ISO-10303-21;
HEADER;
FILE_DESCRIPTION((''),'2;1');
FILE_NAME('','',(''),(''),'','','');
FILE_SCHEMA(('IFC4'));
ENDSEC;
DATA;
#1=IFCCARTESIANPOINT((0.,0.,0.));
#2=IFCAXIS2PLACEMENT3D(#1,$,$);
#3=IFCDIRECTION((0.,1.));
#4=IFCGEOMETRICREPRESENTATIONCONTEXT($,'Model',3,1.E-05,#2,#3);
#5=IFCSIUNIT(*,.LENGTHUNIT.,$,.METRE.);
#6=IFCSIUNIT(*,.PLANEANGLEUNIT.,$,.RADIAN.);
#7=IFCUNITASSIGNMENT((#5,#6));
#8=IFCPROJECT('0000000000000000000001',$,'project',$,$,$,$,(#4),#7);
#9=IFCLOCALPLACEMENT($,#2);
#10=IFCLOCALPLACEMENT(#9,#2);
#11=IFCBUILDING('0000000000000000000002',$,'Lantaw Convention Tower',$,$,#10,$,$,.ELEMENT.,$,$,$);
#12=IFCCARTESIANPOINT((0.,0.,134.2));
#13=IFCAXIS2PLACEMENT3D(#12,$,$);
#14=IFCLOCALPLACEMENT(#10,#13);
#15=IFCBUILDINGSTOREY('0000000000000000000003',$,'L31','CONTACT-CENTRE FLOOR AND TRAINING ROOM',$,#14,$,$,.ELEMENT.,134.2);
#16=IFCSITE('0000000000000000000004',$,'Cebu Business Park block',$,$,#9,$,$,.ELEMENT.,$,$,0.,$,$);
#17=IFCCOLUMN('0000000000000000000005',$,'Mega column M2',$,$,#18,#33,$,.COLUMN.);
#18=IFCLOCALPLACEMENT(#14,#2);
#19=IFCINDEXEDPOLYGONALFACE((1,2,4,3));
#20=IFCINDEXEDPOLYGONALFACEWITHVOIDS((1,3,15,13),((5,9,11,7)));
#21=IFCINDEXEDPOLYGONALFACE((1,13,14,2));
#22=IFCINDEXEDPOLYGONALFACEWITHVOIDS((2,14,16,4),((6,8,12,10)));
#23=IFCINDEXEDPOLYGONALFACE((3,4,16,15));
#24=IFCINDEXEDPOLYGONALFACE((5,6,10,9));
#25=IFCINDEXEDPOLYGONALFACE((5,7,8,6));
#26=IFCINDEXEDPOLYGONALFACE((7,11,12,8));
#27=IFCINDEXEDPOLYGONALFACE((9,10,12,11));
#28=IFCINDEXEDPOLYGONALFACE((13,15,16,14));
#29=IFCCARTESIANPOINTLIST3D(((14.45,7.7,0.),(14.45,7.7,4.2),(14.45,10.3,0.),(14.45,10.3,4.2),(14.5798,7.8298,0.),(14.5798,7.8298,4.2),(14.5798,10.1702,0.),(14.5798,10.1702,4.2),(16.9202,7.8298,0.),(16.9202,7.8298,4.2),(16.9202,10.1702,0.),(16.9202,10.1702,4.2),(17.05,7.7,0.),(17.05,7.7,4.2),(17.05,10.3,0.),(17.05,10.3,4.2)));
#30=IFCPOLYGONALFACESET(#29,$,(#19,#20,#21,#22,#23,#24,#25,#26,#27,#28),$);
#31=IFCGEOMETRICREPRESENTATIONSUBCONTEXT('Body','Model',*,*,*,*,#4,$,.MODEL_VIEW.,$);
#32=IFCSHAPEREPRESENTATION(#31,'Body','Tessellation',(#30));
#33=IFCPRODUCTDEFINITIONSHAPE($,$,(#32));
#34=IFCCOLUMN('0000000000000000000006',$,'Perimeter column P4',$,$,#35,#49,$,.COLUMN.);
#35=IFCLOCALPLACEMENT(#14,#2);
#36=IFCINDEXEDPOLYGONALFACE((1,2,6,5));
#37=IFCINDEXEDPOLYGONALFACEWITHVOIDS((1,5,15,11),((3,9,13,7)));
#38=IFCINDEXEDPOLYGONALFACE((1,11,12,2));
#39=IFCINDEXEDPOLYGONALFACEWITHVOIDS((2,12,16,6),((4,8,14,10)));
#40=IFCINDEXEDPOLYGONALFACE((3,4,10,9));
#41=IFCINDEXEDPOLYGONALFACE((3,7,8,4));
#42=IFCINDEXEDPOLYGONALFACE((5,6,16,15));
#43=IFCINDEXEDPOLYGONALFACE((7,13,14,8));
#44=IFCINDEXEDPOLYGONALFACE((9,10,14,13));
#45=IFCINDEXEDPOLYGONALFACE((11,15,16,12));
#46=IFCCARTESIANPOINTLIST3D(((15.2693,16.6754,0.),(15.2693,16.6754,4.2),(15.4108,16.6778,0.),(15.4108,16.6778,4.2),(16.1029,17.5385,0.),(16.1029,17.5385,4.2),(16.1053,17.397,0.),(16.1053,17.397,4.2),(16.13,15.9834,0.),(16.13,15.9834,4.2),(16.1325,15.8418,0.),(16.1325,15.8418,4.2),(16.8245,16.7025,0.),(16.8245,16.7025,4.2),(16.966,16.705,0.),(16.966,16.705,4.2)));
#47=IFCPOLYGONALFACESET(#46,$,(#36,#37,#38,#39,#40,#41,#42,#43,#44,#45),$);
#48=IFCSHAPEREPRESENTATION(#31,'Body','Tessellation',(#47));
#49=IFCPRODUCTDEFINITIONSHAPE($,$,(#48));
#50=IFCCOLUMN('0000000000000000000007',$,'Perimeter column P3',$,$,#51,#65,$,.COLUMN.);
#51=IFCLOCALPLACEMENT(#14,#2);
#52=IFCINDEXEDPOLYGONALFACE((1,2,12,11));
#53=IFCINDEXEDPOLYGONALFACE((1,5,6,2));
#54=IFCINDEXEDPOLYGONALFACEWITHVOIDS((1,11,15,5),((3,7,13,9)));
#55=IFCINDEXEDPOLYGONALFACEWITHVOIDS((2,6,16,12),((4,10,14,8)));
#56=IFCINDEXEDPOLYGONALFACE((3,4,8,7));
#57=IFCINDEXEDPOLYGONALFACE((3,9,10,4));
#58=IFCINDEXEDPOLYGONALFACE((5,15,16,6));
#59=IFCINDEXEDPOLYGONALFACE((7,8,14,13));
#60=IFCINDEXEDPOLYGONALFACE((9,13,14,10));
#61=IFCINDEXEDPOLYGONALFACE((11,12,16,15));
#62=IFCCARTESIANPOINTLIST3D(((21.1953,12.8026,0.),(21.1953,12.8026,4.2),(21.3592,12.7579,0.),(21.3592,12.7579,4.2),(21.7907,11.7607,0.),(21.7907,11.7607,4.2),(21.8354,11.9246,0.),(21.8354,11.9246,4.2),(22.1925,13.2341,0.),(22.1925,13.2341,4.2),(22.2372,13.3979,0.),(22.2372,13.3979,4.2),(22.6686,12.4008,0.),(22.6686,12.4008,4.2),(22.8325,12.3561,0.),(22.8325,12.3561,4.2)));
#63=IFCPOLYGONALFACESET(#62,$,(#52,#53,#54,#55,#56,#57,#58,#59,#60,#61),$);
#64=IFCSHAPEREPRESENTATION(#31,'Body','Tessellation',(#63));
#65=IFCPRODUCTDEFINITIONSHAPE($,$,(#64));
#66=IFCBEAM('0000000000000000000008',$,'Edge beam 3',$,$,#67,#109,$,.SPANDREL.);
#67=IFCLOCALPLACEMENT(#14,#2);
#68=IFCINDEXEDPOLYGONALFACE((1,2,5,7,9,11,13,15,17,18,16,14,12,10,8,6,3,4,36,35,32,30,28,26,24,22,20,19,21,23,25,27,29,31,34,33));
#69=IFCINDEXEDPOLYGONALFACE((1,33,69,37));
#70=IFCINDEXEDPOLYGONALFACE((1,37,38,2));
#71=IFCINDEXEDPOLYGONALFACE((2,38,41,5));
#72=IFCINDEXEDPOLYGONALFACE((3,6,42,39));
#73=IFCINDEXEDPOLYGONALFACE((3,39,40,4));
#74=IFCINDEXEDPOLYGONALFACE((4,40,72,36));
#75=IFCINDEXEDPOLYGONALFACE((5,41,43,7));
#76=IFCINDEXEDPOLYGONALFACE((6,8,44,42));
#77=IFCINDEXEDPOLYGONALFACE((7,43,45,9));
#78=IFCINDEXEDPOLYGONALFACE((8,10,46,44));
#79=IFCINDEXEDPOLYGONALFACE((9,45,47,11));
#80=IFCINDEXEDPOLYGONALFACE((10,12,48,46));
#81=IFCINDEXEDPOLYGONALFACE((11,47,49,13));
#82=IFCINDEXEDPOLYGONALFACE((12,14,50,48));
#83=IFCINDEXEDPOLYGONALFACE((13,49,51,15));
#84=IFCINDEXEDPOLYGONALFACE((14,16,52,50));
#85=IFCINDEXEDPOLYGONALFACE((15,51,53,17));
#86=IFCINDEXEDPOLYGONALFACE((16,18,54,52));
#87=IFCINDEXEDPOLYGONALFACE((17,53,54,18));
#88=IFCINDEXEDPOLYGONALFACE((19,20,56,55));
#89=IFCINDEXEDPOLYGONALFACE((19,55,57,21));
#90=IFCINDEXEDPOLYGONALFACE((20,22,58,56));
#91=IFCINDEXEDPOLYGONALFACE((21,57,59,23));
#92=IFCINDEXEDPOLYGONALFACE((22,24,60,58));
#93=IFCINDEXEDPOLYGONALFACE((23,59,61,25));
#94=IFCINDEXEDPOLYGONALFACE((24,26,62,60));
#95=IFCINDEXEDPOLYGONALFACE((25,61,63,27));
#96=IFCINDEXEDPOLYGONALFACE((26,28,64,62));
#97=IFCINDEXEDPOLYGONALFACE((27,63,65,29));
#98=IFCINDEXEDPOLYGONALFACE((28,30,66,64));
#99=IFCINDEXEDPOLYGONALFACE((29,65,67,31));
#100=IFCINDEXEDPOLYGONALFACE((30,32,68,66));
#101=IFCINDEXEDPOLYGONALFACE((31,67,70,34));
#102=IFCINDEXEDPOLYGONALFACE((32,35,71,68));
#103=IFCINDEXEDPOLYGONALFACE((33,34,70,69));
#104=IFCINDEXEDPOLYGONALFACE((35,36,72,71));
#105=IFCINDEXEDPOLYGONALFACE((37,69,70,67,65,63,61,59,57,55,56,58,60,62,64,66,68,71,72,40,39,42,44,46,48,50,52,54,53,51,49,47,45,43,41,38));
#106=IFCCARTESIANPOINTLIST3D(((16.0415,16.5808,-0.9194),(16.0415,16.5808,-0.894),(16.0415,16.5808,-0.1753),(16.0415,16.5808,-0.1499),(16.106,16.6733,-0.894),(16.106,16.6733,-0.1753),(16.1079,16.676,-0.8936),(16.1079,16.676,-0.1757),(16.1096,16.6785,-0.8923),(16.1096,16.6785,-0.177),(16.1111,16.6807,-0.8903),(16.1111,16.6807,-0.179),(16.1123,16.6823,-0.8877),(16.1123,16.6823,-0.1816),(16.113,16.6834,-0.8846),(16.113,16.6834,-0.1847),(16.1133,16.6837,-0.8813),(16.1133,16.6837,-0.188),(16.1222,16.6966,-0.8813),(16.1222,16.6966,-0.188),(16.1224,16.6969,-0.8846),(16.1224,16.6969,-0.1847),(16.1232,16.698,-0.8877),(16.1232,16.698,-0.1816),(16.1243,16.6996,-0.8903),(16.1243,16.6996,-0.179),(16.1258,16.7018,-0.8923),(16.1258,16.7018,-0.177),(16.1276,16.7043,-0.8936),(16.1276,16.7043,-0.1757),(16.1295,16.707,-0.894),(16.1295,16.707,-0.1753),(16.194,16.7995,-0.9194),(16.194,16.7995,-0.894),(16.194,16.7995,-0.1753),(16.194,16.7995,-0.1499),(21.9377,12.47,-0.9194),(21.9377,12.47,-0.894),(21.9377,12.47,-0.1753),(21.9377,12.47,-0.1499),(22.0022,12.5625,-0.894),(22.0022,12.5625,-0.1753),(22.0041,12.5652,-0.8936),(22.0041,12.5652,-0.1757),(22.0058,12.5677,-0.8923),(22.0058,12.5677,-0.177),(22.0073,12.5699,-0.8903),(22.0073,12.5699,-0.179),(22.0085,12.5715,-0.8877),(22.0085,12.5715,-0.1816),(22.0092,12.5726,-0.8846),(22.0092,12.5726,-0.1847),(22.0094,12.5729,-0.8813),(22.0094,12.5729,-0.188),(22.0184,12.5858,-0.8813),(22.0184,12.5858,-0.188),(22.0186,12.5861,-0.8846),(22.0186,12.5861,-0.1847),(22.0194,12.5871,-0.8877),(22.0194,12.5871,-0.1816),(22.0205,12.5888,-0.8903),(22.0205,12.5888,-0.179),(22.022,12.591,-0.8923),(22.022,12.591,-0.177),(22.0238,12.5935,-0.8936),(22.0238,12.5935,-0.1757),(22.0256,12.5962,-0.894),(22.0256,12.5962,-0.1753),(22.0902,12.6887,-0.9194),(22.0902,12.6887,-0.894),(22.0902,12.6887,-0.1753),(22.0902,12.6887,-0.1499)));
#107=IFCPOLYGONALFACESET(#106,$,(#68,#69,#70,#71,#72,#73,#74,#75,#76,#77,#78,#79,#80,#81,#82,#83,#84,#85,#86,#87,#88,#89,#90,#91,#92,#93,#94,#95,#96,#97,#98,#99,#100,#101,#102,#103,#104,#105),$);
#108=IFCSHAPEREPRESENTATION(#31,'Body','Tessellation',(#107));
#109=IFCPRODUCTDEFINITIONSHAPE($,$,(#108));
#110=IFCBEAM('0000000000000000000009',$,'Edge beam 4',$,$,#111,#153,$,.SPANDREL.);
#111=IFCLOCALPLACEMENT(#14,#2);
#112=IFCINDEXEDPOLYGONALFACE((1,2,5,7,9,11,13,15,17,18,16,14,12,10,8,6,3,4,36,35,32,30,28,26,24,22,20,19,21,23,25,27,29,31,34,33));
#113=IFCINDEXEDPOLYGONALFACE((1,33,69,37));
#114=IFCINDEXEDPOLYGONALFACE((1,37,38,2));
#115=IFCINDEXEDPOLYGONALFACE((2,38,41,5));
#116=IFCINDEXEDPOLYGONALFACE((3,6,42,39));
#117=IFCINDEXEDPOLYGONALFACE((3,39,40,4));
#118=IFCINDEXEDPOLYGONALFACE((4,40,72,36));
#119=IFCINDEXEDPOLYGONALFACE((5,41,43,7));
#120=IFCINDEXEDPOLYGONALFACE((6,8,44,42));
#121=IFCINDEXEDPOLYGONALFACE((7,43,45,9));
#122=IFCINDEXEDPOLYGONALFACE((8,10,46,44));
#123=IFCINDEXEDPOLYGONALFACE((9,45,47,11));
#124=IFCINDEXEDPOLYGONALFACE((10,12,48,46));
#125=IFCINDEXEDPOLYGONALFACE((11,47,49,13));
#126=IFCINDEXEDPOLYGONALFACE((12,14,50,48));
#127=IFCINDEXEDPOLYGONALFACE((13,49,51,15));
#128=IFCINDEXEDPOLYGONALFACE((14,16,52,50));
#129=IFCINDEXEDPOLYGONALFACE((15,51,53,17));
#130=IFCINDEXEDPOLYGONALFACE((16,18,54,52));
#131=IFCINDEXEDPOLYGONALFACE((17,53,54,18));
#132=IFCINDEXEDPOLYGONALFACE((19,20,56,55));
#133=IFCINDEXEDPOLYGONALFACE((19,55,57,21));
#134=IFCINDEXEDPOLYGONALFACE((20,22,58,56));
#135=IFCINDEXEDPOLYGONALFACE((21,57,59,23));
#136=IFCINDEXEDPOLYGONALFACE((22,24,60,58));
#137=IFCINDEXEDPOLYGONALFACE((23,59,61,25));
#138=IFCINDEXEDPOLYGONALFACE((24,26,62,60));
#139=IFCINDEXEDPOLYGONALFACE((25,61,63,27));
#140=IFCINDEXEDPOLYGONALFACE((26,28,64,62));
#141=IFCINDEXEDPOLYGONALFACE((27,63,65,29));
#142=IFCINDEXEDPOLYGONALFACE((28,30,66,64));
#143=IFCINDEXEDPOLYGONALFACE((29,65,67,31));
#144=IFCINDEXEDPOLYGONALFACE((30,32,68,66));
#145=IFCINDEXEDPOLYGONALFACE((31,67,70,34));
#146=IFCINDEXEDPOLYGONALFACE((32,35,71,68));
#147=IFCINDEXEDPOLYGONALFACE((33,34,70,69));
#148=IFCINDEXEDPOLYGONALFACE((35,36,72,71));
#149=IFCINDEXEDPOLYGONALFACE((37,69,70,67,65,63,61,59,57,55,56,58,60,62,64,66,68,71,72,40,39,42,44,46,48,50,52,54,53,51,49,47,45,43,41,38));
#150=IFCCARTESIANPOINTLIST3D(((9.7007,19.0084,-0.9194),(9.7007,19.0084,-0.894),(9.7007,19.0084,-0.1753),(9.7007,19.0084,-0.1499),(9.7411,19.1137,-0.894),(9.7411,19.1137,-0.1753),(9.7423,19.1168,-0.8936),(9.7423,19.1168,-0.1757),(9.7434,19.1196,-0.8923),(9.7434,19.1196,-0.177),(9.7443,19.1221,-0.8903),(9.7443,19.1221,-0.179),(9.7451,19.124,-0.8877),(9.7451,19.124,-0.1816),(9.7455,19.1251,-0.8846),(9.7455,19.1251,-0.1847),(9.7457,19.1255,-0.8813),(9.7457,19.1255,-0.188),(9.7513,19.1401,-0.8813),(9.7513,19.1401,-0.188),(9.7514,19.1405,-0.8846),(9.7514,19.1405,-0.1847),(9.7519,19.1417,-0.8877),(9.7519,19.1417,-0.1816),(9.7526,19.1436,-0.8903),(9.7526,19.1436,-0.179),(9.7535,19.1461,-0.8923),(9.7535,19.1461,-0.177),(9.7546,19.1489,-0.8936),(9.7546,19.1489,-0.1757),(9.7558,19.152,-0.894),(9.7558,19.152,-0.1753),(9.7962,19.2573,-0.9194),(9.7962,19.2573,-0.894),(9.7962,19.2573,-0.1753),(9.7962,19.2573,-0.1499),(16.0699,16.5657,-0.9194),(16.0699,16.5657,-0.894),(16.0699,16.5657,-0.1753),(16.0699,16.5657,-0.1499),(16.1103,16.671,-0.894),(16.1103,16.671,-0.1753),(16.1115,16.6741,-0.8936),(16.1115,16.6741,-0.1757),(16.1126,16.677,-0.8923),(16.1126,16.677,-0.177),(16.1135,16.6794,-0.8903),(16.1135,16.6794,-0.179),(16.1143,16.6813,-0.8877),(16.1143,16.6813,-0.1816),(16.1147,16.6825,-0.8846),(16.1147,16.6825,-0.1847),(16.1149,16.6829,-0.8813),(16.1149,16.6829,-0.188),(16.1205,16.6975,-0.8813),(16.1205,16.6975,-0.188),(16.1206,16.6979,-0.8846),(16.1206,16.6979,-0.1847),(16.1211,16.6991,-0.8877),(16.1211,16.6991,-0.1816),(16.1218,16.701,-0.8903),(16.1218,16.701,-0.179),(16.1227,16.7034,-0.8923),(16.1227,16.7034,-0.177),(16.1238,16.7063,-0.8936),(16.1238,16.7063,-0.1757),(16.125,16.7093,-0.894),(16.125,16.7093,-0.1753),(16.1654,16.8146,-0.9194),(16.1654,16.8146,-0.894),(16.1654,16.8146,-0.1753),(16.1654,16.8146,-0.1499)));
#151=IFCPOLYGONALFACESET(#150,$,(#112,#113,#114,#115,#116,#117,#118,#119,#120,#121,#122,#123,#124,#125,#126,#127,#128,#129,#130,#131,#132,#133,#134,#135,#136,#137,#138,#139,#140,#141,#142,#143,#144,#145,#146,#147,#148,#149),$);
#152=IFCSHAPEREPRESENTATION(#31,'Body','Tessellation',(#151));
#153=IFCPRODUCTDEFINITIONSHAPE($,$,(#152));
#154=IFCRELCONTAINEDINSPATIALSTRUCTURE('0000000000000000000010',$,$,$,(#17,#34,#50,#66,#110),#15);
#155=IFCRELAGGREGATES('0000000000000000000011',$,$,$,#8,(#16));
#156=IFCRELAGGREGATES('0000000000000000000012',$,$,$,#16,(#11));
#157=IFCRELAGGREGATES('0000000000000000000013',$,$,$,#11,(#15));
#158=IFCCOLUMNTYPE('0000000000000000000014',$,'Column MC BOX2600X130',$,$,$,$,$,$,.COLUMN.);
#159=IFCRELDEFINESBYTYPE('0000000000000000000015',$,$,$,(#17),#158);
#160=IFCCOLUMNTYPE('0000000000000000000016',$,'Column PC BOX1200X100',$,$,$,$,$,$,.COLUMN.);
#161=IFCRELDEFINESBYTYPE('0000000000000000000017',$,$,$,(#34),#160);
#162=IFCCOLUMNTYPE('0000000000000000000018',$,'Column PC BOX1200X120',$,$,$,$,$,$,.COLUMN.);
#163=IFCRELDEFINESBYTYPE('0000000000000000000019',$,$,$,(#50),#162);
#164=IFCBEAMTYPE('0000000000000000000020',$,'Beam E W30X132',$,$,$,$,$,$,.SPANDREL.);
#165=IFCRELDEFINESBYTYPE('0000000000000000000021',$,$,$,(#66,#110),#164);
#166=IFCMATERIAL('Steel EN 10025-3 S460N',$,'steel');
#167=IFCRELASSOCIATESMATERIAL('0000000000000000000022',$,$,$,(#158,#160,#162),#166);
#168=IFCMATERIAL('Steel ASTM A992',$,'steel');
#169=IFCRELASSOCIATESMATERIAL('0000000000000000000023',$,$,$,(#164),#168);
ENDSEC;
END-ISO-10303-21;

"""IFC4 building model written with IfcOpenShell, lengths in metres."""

from ifc_helpers import new_model, si_unit, direction, frame, origin, origin_2d, place, context, subcontext, project, spatial, rectangle, hollow_rectangle, i_section, extrude, material, material_profile, profile_set, type_object, element, save


model = new_model("IFC4")

# Units and contexts
model_context = context("Model", 3, precision=1e-05, world=origin(), true_north=direction((0.0, 1.0)))
body_context = subcontext(model_context, "Body", "Model", "MODEL_VIEW")
ifc_project = project(units=[si_unit("LENGTHUNIT", "METRE"), si_unit("PLANEANGLEUNIT", "RADIAN")], contexts=[model_context])

# Site, building, storey
site_placement = place(None, origin())
site = spatial("IfcSite", under=ifc_project, at=site_placement, Name="Cebu Business Park block", CompositionType="ELEMENT", RefElevation=0.0)
building_placement = place(site_placement, origin())
building = spatial("IfcBuilding", under=site, at=building_placement, Name="Lantaw Convention Tower", CompositionType="ELEMENT")
storey_placement = place(building_placement, frame((0.0, 0.0, 134.2)))
storey = spatial("IfcBuildingStorey", under=building, at=storey_placement, Name="L31", Description="CONTACT-CENTRE FLOOR AND TRAINING ROOM", CompositionType="ELEMENT", Elevation=134.2)

# Columns
ifc_material_1 = material(Name="Steel EN 10025-3 S460N", Category="steel")
ifc_material_profile_1 = material_profile(ifc_material_1, hollow_rectangle(XDim=2.6001, YDim=2.6001, WallThickness=0.1299, at=origin_2d()), Name="BOX2600X130")
ifc_material_2 = material(Name="Concrete C60/75", Category="concrete")
ifc_material_profile_2 = material_profile(ifc_material_2, rectangle(XDim=2.3401, YDim=2.3401, at=origin_2d()), Name="Concrete fill of BOX2600X130")
ifc_profile_set_1 = profile_set([ifc_material_profile_1, ifc_material_profile_2], Name="Steel EN 10025-3 S460N")
column_type_1 = type_object("IfcColumnType", Name="Column MC BOX2600X130", PredefinedType="COLUMN", material=ifc_profile_set_1)
column_1_placement = place(storey_placement, frame((15.75, 9.0, 0.0), z_axis=(0.0, 0.0, 1.0), x_axis=(1.0, 0.0, 0.0)))
element("IfcColumn", 1, at=column_1_placement, inside=storey, type_object=column_type_1, Name="Mega column M2", PredefinedType="COLUMN", context=body_context, shape_type="SweptSolid", body=[
    extrude(hollow_rectangle(XDim=2.6001, YDim=2.6001, WallThickness=0.1299, at=origin_2d()), origin(), (0.0, 0.0, 1.0), 4.2),
])
ifc_material_profile_3 = material_profile(ifc_material_1, hollow_rectangle(XDim=1.2, YDim=1.2, WallThickness=0.1001, at=origin_2d()), Name="BOX1200X100")
ifc_material_profile_4 = material_profile(ifc_material_2, rectangle(XDim=1.0, YDim=1.0, at=origin_2d()), Name="Concrete fill of BOX1200X100")
ifc_profile_set_2 = profile_set([ifc_material_profile_3, ifc_material_profile_4], Name="Steel EN 10025-3 S460N")
column_type_2 = type_object("IfcColumnType", Name="Column PC BOX1200X100", PredefinedType="COLUMN", material=ifc_profile_set_2)
column_2_placement = place(storey_placement, frame((16.1177, 16.6902, 0.0), z_axis=(0.0, 0.0, 1.0), x_axis=(0.694658, 0.71934, 0.0)))
element("IfcColumn", 2, at=column_2_placement, inside=storey, type_object=column_type_2, Name="Perimeter column P4", PredefinedType="COLUMN", context=body_context, shape_type="SweptSolid", body=[
    extrude(hollow_rectangle(XDim=1.2, YDim=1.2, WallThickness=0.1001, at=origin_2d()), origin(), (0.0, 0.0, 1.0), 4.2),
])
ifc_material_profile_5 = material_profile(ifc_material_1, hollow_rectangle(XDim=1.2, YDim=1.2, WallThickness=0.1201, at=origin_2d()), Name="BOX1200X120")
ifc_material_profile_6 = material_profile(ifc_material_2, rectangle(XDim=0.96, YDim=0.96, at=origin_2d()), Name="Concrete fill of BOX1200X120")
ifc_profile_set_3 = profile_set([ifc_material_profile_5, ifc_material_profile_6], Name="Steel EN 10025-3 S460N")
column_type_3 = type_object("IfcColumnType", Name="Column PC BOX1200X120", PredefinedType="COLUMN", material=ifc_profile_set_3)
column_3_placement = place(storey_placement, frame((22.0139, 12.5793, 0.0), z_axis=(0.0, 0.0, 1.0), x_axis=(0.868243, 0.496139, 0.0)))
element("IfcColumn", 3, at=column_3_placement, inside=storey, type_object=column_type_3, Name="Perimeter column P3", PredefinedType="COLUMN", context=body_context, shape_type="SweptSolid", body=[
    extrude(hollow_rectangle(XDim=1.2, YDim=1.2, WallThickness=0.1201, at=origin_2d()), origin(), (0.0, 0.0, 1.0), 4.2),
])

# Beams
ifc_material_3 = material(Name="Steel ASTM A992", Category="steel")
ifc_material_profile_7 = material_profile(ifc_material_3, i_section(OverallWidth=0.2666, OverallDepth=0.7695, WebThickness=0.0156, FlangeThickness=0.0254, FilletRadius=0.0127, at=origin_2d()), Name="W30X132")
ifc_profile_set_4 = profile_set([ifc_material_profile_7], Name="Steel ASTM A992")
beam_type_1 = type_object("IfcBeamType", Name="Beam E W30X132", PredefinedType="SPANDREL", material=ifc_profile_set_4)
beam_1_placement = place(storey_placement, frame((22.0139, 12.5793, -0.5347), z_axis=(-0.820311, 0.571918, 0.0), x_axis=(-0.571918, -0.820311, 0.0)))
element("IfcBeam", 4, at=beam_1_placement, inside=storey, type_object=beam_type_1, Name="Edge beam 3", PredefinedType="SPANDREL", context=body_context, shape_type="SweptSolid", body=[
    extrude(i_section(OverallWidth=0.2666, OverallDepth=0.7695, WebThickness=0.0156, FlangeThickness=0.0254, FilletRadius=0.0127, at=origin_2d()), origin(), (0.0, 0.0, 1.0), 7.1877),
])
beam_2_placement = place(storey_placement, frame((16.1177, 16.6902, -0.5347), z_axis=(-0.933691, 0.35808, 0.0), x_axis=(-0.35808, -0.933691, 0.0)))
element("IfcBeam", 5, at=beam_2_placement, inside=storey, type_object=beam_type_1, Name="Edge beam 4", PredefinedType="SPANDREL", context=body_context, shape_type="SweptSolid", body=[
    extrude(i_section(OverallWidth=0.2666, OverallDepth=0.7695, WebThickness=0.0156, FlangeThickness=0.0254, FilletRadius=0.0127, at=origin_2d()), origin(), (0.0, 0.0, 1.0), 6.8215),
])

save(model, "model.ifc")
